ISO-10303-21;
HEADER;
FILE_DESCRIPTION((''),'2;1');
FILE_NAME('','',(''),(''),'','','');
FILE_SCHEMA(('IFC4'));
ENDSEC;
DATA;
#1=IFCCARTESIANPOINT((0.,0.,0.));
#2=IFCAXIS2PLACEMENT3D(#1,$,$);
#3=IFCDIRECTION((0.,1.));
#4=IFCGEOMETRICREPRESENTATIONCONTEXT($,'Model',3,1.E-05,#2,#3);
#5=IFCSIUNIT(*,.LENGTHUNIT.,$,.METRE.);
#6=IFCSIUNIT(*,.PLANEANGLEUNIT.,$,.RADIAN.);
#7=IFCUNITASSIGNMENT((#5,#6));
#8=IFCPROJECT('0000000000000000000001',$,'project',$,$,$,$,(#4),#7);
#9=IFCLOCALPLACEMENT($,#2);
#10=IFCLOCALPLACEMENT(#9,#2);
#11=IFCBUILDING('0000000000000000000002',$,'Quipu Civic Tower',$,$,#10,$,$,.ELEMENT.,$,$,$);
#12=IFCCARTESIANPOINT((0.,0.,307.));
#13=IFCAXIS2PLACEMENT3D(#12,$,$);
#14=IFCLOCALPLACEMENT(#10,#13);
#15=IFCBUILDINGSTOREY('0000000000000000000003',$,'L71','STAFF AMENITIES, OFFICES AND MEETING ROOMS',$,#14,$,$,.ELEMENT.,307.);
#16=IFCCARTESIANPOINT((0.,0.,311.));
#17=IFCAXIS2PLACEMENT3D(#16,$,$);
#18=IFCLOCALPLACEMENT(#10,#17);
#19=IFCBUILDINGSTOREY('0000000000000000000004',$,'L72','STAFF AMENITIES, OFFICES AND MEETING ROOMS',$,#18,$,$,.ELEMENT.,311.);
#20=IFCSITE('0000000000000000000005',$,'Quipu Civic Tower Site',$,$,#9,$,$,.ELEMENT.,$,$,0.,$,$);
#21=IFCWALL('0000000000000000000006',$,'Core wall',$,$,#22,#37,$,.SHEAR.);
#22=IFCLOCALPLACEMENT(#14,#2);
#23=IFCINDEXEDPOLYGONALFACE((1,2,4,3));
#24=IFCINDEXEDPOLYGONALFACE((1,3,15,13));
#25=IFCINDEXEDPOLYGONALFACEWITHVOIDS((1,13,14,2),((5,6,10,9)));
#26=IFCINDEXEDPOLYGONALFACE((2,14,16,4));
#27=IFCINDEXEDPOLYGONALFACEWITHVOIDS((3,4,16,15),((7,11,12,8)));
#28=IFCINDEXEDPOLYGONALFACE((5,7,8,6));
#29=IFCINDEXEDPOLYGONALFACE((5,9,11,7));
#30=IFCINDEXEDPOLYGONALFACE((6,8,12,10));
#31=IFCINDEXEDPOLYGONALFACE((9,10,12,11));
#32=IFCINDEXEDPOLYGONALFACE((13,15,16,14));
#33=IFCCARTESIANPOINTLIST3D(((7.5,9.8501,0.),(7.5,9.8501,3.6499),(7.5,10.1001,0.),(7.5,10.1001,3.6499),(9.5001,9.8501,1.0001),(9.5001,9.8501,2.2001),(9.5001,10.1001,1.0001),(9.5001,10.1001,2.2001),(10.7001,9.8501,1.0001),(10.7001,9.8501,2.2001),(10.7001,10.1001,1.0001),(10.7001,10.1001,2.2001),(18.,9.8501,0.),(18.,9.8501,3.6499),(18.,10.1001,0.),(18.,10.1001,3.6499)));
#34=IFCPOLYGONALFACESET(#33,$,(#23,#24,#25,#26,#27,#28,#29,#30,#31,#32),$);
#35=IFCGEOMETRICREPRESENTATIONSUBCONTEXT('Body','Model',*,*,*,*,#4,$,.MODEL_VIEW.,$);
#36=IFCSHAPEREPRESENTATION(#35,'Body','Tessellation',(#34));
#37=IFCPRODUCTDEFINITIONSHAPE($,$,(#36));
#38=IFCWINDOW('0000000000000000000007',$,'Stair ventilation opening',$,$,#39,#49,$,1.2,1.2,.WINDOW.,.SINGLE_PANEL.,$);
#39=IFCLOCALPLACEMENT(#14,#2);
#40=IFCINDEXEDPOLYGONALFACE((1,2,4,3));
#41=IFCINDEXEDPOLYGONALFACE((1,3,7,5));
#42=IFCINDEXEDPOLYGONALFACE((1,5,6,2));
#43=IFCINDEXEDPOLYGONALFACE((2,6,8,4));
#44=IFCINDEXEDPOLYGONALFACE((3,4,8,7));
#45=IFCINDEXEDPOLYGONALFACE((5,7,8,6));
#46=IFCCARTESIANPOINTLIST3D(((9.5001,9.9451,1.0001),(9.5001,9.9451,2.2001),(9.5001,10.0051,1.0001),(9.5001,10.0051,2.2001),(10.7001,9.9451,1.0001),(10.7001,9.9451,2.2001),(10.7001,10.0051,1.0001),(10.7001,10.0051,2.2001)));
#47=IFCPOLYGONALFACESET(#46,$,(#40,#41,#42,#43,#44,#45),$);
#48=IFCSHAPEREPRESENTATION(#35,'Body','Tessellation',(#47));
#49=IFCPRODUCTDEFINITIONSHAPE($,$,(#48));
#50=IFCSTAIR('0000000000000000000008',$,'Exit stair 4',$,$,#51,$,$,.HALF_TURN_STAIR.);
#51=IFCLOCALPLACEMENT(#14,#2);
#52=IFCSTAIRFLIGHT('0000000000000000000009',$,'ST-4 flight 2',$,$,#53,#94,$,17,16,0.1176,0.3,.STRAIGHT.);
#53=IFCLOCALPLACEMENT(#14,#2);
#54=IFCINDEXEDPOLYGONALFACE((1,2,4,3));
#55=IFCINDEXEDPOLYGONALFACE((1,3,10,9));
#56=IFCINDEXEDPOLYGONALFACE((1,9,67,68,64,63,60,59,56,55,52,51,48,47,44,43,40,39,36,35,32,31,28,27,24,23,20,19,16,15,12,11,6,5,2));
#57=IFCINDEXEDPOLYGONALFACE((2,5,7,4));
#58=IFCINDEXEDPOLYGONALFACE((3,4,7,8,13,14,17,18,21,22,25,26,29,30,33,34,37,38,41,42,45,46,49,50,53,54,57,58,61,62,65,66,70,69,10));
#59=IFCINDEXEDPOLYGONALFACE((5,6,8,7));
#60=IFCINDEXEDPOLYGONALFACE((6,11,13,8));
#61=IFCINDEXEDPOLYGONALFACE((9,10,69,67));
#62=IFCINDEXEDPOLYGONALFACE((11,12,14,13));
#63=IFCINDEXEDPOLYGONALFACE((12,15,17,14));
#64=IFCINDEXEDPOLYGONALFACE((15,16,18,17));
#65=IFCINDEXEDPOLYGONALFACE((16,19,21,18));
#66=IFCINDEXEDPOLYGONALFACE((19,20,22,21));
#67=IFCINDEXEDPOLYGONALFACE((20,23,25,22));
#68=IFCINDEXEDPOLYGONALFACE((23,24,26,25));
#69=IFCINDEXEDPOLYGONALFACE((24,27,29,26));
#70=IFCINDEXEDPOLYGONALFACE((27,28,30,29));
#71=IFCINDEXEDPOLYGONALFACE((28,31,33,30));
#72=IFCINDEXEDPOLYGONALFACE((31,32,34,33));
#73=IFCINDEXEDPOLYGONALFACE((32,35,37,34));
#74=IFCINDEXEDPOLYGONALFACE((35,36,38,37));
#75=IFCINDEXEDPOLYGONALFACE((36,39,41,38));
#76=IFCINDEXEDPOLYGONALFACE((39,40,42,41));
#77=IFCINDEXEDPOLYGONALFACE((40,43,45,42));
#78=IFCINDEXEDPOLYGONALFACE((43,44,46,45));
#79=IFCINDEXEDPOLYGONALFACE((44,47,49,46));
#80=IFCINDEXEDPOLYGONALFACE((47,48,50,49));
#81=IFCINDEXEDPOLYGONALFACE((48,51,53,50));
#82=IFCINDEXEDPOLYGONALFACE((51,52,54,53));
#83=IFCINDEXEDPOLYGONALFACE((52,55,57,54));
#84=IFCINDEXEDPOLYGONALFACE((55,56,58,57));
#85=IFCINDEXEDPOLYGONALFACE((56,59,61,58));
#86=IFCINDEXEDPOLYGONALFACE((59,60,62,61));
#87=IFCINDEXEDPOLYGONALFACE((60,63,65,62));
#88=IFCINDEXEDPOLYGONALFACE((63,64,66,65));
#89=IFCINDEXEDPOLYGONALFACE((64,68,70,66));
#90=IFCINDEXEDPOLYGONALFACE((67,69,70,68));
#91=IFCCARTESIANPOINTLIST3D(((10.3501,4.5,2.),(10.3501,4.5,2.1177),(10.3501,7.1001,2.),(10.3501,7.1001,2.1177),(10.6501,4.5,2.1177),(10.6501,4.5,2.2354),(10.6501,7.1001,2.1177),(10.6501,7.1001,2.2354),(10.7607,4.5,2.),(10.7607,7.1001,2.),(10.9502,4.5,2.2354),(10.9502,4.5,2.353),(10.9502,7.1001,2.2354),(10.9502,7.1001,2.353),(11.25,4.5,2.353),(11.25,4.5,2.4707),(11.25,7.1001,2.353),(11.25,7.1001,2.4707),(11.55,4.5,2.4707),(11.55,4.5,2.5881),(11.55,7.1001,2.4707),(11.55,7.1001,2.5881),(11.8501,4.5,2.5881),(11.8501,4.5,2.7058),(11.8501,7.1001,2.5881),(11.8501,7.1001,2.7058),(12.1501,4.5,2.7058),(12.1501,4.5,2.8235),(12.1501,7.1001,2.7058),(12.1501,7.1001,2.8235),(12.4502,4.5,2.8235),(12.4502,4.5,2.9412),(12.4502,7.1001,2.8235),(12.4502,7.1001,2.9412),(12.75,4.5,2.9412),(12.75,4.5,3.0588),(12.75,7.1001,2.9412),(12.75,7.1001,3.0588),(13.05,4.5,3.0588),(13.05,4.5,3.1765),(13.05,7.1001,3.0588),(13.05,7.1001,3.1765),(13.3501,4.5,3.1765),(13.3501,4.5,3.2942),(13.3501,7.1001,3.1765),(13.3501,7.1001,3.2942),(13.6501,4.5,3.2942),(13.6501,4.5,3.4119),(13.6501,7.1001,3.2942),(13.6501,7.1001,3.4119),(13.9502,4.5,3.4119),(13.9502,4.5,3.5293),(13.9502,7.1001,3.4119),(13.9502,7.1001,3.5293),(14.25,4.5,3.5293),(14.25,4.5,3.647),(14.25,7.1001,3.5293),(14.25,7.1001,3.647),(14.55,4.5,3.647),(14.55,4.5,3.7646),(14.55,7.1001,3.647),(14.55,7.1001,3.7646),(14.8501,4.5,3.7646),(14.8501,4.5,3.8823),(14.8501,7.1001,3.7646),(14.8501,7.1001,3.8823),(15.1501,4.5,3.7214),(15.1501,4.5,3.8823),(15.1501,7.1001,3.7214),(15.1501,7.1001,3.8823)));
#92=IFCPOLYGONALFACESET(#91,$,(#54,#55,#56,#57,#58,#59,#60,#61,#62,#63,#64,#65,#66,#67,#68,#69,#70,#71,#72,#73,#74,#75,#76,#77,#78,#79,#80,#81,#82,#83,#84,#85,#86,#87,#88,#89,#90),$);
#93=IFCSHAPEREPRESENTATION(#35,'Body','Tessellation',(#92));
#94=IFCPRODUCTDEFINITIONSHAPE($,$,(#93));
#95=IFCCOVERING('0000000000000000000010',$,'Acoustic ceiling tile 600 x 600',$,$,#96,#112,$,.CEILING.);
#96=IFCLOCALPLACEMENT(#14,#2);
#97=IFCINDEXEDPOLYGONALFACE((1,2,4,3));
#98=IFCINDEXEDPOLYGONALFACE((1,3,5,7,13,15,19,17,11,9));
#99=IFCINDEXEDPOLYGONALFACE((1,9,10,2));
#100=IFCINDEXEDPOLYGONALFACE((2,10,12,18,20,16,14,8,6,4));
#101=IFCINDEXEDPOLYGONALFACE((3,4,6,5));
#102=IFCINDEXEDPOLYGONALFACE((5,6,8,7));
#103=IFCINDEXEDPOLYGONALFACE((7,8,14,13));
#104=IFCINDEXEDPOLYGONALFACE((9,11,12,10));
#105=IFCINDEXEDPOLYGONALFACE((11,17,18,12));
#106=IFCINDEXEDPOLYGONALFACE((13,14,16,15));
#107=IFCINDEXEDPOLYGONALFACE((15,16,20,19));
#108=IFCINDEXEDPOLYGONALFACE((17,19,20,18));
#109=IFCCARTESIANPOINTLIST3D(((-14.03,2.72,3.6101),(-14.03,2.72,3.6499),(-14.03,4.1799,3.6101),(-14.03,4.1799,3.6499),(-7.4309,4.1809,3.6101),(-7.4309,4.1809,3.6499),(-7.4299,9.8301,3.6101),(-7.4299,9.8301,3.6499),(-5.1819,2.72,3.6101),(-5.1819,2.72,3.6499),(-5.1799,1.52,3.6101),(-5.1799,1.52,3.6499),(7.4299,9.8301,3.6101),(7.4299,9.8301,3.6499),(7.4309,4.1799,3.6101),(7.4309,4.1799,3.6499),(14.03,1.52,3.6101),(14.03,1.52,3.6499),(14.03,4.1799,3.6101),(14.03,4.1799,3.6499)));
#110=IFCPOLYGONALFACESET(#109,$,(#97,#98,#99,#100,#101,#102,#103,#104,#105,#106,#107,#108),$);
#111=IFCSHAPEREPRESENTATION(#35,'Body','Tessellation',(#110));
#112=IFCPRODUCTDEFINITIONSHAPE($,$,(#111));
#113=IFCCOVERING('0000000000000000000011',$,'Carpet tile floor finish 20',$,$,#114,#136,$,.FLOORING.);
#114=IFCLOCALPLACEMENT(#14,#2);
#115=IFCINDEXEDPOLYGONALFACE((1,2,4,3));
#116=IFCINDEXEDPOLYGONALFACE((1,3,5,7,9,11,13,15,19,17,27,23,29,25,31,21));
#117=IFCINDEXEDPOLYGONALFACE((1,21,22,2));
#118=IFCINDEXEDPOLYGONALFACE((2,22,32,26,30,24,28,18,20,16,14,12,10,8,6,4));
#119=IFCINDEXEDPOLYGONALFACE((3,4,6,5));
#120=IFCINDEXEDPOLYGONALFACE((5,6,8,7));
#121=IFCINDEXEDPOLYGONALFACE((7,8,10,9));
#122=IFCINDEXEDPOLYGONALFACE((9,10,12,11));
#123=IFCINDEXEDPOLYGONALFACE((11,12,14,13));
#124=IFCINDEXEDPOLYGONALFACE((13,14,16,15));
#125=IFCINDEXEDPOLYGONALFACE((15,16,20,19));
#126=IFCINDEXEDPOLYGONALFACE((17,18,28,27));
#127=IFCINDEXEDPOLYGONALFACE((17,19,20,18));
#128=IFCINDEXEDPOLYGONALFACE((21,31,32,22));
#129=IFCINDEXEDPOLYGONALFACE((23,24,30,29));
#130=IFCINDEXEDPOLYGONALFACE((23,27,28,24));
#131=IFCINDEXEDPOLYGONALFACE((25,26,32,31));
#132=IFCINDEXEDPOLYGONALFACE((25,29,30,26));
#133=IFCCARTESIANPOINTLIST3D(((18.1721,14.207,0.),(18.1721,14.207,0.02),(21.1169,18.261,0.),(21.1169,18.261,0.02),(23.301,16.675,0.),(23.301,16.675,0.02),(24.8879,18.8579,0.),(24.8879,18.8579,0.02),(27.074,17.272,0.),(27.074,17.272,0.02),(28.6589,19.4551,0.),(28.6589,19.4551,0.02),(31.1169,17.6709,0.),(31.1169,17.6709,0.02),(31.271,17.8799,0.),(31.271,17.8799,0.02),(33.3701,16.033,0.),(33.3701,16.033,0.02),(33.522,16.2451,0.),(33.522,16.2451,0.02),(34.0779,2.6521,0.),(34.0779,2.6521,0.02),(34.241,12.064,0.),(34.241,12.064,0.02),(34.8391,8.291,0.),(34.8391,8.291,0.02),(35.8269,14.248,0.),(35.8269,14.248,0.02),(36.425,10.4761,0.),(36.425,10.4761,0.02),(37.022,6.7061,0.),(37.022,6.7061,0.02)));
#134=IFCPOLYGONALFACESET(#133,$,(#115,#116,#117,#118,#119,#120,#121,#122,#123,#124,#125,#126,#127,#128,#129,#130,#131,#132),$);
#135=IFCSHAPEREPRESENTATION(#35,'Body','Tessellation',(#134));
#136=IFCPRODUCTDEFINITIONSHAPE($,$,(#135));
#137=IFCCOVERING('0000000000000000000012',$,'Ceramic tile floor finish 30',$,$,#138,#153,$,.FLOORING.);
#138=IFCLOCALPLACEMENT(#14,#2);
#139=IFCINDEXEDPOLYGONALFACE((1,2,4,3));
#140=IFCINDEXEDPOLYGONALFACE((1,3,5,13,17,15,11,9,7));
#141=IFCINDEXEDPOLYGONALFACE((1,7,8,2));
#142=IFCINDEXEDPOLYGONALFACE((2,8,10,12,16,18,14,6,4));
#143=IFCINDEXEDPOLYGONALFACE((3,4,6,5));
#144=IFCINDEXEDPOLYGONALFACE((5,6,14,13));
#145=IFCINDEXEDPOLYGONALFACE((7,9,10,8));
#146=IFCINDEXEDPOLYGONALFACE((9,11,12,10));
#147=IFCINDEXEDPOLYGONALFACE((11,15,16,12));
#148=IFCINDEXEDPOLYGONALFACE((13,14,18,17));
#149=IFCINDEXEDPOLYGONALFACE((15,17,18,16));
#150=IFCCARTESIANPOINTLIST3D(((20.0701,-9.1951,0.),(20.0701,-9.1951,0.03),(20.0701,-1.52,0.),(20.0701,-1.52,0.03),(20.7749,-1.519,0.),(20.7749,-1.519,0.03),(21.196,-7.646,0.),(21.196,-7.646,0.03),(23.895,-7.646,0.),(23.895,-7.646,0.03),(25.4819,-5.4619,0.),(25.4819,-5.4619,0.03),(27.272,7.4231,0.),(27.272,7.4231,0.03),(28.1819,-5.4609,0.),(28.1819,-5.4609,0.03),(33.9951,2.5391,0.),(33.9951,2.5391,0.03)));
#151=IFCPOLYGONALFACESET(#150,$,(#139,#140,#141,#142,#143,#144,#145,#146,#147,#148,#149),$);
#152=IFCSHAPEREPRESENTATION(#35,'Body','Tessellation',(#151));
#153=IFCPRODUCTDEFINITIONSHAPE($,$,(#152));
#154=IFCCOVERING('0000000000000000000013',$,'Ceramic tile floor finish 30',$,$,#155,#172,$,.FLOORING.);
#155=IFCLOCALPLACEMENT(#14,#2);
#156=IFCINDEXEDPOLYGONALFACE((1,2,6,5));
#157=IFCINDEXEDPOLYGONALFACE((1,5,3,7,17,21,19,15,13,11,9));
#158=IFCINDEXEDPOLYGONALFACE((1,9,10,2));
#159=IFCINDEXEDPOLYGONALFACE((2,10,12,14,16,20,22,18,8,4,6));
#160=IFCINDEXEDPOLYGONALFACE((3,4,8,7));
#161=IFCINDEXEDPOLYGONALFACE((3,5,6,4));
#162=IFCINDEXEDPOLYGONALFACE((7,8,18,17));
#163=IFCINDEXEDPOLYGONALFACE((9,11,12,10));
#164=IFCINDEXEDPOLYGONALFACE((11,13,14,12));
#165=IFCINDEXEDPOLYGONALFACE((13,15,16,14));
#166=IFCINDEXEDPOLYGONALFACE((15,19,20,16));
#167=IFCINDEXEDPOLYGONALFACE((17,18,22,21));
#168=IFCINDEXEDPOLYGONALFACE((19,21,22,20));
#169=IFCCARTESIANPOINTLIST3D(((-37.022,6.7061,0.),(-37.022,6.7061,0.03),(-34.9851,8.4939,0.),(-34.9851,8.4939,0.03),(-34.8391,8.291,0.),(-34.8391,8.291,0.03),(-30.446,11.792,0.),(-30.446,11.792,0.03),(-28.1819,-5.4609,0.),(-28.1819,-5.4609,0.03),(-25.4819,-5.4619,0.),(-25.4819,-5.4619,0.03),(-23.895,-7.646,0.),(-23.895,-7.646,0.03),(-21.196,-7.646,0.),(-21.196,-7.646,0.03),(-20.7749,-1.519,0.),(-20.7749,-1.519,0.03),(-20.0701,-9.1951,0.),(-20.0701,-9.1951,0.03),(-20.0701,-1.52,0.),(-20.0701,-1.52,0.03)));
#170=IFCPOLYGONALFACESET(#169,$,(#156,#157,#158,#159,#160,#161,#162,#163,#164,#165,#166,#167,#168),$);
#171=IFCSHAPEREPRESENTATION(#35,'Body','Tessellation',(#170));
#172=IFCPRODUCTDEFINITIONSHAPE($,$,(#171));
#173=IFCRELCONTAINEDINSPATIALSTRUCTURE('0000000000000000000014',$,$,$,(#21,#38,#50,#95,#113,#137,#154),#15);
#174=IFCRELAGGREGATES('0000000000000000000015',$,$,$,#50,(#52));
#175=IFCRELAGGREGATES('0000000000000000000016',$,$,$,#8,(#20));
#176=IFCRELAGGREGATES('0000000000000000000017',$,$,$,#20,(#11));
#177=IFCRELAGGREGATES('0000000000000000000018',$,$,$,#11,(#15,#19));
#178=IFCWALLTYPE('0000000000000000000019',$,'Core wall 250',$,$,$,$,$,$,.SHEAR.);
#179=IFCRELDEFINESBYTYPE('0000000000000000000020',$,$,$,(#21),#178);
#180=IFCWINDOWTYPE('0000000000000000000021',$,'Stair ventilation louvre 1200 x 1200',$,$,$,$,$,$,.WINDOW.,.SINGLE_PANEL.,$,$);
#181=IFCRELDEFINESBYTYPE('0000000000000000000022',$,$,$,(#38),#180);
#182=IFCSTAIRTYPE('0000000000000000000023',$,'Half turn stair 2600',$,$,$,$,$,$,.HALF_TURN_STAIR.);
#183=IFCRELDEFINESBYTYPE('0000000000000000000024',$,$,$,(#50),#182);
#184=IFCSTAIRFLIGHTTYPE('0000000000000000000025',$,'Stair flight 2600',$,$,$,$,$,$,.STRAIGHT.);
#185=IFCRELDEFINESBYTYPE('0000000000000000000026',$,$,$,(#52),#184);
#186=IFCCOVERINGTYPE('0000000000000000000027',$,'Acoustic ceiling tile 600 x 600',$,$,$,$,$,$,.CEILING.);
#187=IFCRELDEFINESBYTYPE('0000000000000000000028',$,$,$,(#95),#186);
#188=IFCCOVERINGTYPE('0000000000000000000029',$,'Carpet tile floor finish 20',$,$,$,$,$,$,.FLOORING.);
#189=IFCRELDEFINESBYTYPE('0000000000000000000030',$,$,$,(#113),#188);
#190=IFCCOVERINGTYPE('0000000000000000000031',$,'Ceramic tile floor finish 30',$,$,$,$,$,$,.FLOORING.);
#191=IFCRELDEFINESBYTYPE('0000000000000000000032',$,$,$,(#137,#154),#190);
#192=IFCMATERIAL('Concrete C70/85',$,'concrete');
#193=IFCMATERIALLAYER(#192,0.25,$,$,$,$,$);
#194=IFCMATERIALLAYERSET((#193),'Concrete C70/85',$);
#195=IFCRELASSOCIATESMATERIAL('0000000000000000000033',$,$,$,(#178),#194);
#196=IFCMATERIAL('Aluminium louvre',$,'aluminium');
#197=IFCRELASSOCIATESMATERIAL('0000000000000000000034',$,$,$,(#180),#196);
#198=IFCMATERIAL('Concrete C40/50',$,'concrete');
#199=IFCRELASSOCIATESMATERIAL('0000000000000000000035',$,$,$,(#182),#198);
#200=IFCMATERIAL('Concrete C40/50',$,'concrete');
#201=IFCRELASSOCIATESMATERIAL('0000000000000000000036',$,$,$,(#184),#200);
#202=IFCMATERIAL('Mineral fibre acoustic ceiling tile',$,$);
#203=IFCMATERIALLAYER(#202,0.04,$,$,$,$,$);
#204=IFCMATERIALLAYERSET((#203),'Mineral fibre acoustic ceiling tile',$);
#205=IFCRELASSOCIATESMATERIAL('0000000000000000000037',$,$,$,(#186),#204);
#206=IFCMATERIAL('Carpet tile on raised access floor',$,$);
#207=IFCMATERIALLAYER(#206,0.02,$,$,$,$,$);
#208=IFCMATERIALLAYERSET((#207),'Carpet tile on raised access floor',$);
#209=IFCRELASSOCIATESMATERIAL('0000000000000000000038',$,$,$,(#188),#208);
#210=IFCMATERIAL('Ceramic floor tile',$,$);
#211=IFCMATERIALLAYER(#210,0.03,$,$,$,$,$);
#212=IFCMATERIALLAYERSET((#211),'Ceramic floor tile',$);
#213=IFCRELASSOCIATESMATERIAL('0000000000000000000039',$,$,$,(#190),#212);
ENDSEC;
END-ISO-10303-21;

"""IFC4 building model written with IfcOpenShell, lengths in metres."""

from ifc_helpers import new_model, si_unit, direction, frame, frame_2d, origin, place, context, subcontext, project, spatial, polyline, rectangle, outline, extrude, material, layer, layer_set, type_object, element, fill, aggregate, save


model = new_model("IFC4")

# Units and contexts
model_context = context("Model", 3, precision=1e-05, world=origin(), true_north=direction((0.0, 1.0)))
body_context = subcontext(model_context, "Body", "Model", "MODEL_VIEW")
ifc_project = project(units=[si_unit("LENGTHUNIT", "METRE"), si_unit("PLANEANGLEUNIT", "RADIAN")], contexts=[model_context])

# Site, building, storey
site_placement = place(None, origin())
site = spatial("IfcSite", under=ifc_project, at=site_placement, Name="Quipu Civic Tower Site", CompositionType="ELEMENT", RefElevation=0.0)
building_placement = place(site_placement, origin())
building = spatial("IfcBuilding", under=site, at=building_placement, Name="Quipu Civic Tower", CompositionType="ELEMENT")
storey_1_placement = place(building_placement, frame((0.0, 0.0, 307.0)))
storey_1 = spatial("IfcBuildingStorey", under=building, at=storey_1_placement, Name="L71", Description="STAFF AMENITIES, OFFICES AND MEETING ROOMS", CompositionType="ELEMENT", Elevation=307.0)

# Shared definitions
storey_2_placement = place(building_placement, frame((0.0, 0.0, 311.0)))
storey_2 = spatial("IfcBuildingStorey", under=building, at=storey_2_placement, Name="L72", Description="STAFF AMENITIES, OFFICES AND MEETING ROOMS", CompositionType="ELEMENT", Elevation=311.0)

# Shared definitions
ifc_material_1 = material(Name="Concrete C70/85", Category="concrete")
ifc_layer_1 = layer(ifc_material_1, 0.25)
ifc_layer_set_1 = layer_set([ifc_layer_1], Name="Concrete C70/85")
wall_type = type_object("IfcWallType", Name="Core wall 250", PredefinedType="SHEAR", material=ifc_layer_set_1)

# Wall, opening, window
wall_1_placement = place(storey_1_placement, frame((7.5, 9.9751, 0.0), z_axis=(0.0, 0.0, 1.0), x_axis=(1.0, 0.0, 0.0)))
wall_1 = element("IfcWall", 1, at=wall_1_placement, inside=storey_1, type_object=wall_type, Name="Core wall", PredefinedType="SHEAR", context=body_context, shape_type="SweptSolid", body=[
    extrude(rectangle(XDim=10.5, YDim=0.25, at=frame_2d((5.25, 0.0))), origin(), (0.0, 0.0, 1.0), 3.6499),
])
opening_1_placement = place(wall_1_placement, frame((2.0, 0.0, 1.0)))
opening_1 = element("IfcOpeningElement", 2, at=opening_1_placement, cuts=wall_1, PredefinedType="OPENING", context=body_context, shape_type="SweptSolid", body=[
    extrude(rectangle(XDim=1.2, YDim=1.2, at=frame_2d((0.6001, 0.6001))), frame((0.0, 0.135, 0.0), z_axis=(0.0, -1.0, 0.0), x_axis=(1.0, 0.0, 0.0)), (0.0, 0.0, 1.0), 0.27),
])
ifc_material_2 = material(Name="Aluminium louvre", Category="aluminium")
window_type = type_object("IfcWindowType", Name="Stair ventilation louvre 1200 x 1200", PartitioningType="SINGLE_PANEL", PredefinedType="WINDOW", material=ifc_material_2)
window_placement = place(opening_1_placement, origin())
window = element("IfcWindow", 3, at=window_placement, inside=storey_1, type_object=window_type, Name="Stair ventilation opening", OverallHeight=1.2, OverallWidth=1.2, PartitioningType="SINGLE_PANEL", PredefinedType="WINDOW", context=body_context, shape_type="SweptSolid", body=[
    extrude(rectangle(XDim=1.2, YDim=1.2, at=frame_2d((0.6001, 0.6001))), frame((0.0, 0.03, 0.0), z_axis=(0.0, -1.0, 0.0), x_axis=(1.0, 0.0, 0.0)), (0.0, 0.0, 1.0), 0.0601),
])
fill(opening_1, window)

# Stair, stair flight
ifc_material_3 = material(Name="Concrete C40/50", Category="concrete")
stair_type = type_object("IfcStairType", Name="Half turn stair 2600", PredefinedType="HALF_TURN_STAIR", material=ifc_material_3)
stair_placement = place(storey_1_placement, origin())
stair = element("IfcStair", 4, at=stair_placement, inside=storey_1, type_object=stair_type, Name="Exit stair 4", PredefinedType="HALF_TURN_STAIR")
ifc_material_4 = material(Name="Concrete C40/50", Category="concrete")
stair_flight_type = type_object("IfcStairFlightType", Name="Stair flight 2600", PredefinedType="STRAIGHT", material=ifc_material_4)
stair_flight_placement = place(storey_1_placement, frame((10.3501, 5.8, 2.0), z_axis=(0.0, 0.0, 1.0), x_axis=(1.0, 0.0, 0.0)))
stair_flight = element("IfcStairFlight", 5, at=stair_flight_placement, type_object=stair_flight_type, Name="ST-4 flight 2", NumberOfRisers=17, NumberOfTreads=16, PredefinedType="STRAIGHT", RiserHeight=0.1176, TreadLength=0.3, context=body_context, shape_type="SweptSolid", body=[
    extrude(outline(polyline([(0.0, 0.0), (0.0, 0.1177), (0.3, 0.1177), (0.3, 0.2354), (0.6001, 0.2354), (0.6001, 0.353), (0.8999, 0.353), (0.8999, 0.4707), (1.2, 0.4707), (1.2, 0.5881), (1.5, 0.5881), (1.5, 0.7058), (1.8, 0.7058), (1.8, 0.8235), (2.1001, 0.8235), (2.1001, 0.9412), (2.3999, 0.9412), (2.3999, 1.0588), (2.7, 1.0588), (2.7, 1.1765), (3.0, 1.1765), (3.0, 1.2942), (3.3, 1.2942), (3.3, 1.4119), (3.6001, 1.4119), (3.6001, 1.5293), (3.8999, 1.5293), (3.8999, 1.647), (4.2, 1.647), (4.2, 1.7646), (4.5, 1.7646), (4.5, 1.8823), (4.8, 1.8823), (4.8, 2.0), (4.8, 1.7214), (0.4106, 0.0), (0.0, 0.0)])), frame((0.0, 1.3, 0.0), z_axis=(0.0, -1.0, 0.0), x_axis=(1.0, 0.0, 0.0)), (0.0, 0.0, 1.0), 2.6001),
])
aggregate(stair, [stair_flight])

# Coverings
ifc_material_5 = material(Name="Mineral fibre acoustic ceiling tile")
ifc_layer_2 = layer(ifc_material_5, 0.04)
ifc_layer_set_2 = layer_set([ifc_layer_2], Name="Mineral fibre acoustic ceiling tile")
covering_type_1 = type_object("IfcCoveringType", Name="Acoustic ceiling tile 600 x 600", PredefinedType="CEILING", material=ifc_layer_set_2)
covering_1_placement = place(storey_1_placement, frame((0.0, 0.0, 3.6101)))
element("IfcCovering", 6, at=covering_1_placement, inside=storey_1, type_object=covering_type_1, Name="Acoustic ceiling tile 600 x 600", PredefinedType="CEILING", context=body_context, shape_type="SweptSolid", body=[
    extrude(outline(polyline([(-14.03, 2.72), (-14.03, 4.1799), (-7.4309, 4.1809), (-7.4299, 9.8301), (7.4299, 9.8301), (7.4309, 4.1799), (14.03, 4.1799), (14.03, 1.52), (-5.1799, 1.52), (-5.1819, 2.72), (-14.03, 2.72)])), origin(), (0.0, 0.0, 1.0), 0.0398),
])
ifc_material_6 = material(Name="Carpet tile on raised access floor")
ifc_layer_3 = layer(ifc_material_6, 0.02)
ifc_layer_set_3 = layer_set([ifc_layer_3], Name="Carpet tile on raised access floor")
covering_type_2 = type_object("IfcCoveringType", Name="Carpet tile floor finish 20", PredefinedType="FLOORING", material=ifc_layer_set_3)
covering_2_placement = place(storey_1_placement, origin())
element("IfcCovering", 7, at=covering_2_placement, inside=storey_1, type_object=covering_type_2, Name="Carpet tile floor finish 20", PredefinedType="FLOORING", context=body_context, shape_type="SweptSolid", body=[
    extrude(outline(polyline([(18.1721, 14.207), (21.1169, 18.261), (23.301, 16.675), (24.8879, 18.8579), (27.074, 17.272), (28.6589, 19.4551), (31.1169, 17.6709), (31.271, 17.8799), (33.522, 16.2451), (33.3701, 16.033), (35.8269, 14.248), (34.241, 12.064), (36.425, 10.4761), (34.8391, 8.291), (37.022, 6.7061), (34.0779, 2.6521), (18.1721, 14.207)])), origin(), (0.0, 0.0, 1.0), 0.02),
])
ifc_material_7 = material(Name="Ceramic floor tile")
ifc_layer_4 = layer(ifc_material_7, 0.03)
ifc_layer_set_4 = layer_set([ifc_layer_4], Name="Ceramic floor tile")
covering_type_3 = type_object("IfcCoveringType", Name="Ceramic tile floor finish 30", PredefinedType="FLOORING", material=ifc_layer_set_4)
covering_3_placement = place(storey_1_placement, origin())
element("IfcCovering", 8, at=covering_3_placement, inside=storey_1, type_object=covering_type_3, Name="Ceramic tile floor finish 30", PredefinedType="FLOORING", context=body_context, shape_type="SweptSolid", body=[
    extrude(outline(polyline([(20.0701, -9.1951), (20.0701, -1.52), (20.7749, -1.519), (27.272, 7.4231), (33.9951, 2.5391), (28.1819, -5.4609), (25.4819, -5.4619), (23.895, -7.646), (21.196, -7.646), (20.0701, -9.1951)])), origin(), (0.0, 0.0, 1.0), 0.03),
])
covering_4_placement = place(storey_1_placement, origin())
element("IfcCovering", 9, at=covering_4_placement, inside=storey_1, type_object=covering_type_3, Name="Ceramic tile floor finish 30", PredefinedType="FLOORING", context=body_context, shape_type="SweptSolid", body=[
    extrude(outline(polyline([(-37.022, 6.7061), (-34.8391, 8.291), (-34.9851, 8.4939), (-30.446, 11.792), (-20.7749, -1.519), (-20.0701, -1.52), (-20.0701, -9.1951), (-21.196, -7.646), (-23.895, -7.646), (-25.4819, -5.4619), (-28.1819, -5.4609), (-37.022, 6.7061)])), origin(), (0.0, 0.0, 1.0), 0.03),
])

save(model, "model.ifc")
